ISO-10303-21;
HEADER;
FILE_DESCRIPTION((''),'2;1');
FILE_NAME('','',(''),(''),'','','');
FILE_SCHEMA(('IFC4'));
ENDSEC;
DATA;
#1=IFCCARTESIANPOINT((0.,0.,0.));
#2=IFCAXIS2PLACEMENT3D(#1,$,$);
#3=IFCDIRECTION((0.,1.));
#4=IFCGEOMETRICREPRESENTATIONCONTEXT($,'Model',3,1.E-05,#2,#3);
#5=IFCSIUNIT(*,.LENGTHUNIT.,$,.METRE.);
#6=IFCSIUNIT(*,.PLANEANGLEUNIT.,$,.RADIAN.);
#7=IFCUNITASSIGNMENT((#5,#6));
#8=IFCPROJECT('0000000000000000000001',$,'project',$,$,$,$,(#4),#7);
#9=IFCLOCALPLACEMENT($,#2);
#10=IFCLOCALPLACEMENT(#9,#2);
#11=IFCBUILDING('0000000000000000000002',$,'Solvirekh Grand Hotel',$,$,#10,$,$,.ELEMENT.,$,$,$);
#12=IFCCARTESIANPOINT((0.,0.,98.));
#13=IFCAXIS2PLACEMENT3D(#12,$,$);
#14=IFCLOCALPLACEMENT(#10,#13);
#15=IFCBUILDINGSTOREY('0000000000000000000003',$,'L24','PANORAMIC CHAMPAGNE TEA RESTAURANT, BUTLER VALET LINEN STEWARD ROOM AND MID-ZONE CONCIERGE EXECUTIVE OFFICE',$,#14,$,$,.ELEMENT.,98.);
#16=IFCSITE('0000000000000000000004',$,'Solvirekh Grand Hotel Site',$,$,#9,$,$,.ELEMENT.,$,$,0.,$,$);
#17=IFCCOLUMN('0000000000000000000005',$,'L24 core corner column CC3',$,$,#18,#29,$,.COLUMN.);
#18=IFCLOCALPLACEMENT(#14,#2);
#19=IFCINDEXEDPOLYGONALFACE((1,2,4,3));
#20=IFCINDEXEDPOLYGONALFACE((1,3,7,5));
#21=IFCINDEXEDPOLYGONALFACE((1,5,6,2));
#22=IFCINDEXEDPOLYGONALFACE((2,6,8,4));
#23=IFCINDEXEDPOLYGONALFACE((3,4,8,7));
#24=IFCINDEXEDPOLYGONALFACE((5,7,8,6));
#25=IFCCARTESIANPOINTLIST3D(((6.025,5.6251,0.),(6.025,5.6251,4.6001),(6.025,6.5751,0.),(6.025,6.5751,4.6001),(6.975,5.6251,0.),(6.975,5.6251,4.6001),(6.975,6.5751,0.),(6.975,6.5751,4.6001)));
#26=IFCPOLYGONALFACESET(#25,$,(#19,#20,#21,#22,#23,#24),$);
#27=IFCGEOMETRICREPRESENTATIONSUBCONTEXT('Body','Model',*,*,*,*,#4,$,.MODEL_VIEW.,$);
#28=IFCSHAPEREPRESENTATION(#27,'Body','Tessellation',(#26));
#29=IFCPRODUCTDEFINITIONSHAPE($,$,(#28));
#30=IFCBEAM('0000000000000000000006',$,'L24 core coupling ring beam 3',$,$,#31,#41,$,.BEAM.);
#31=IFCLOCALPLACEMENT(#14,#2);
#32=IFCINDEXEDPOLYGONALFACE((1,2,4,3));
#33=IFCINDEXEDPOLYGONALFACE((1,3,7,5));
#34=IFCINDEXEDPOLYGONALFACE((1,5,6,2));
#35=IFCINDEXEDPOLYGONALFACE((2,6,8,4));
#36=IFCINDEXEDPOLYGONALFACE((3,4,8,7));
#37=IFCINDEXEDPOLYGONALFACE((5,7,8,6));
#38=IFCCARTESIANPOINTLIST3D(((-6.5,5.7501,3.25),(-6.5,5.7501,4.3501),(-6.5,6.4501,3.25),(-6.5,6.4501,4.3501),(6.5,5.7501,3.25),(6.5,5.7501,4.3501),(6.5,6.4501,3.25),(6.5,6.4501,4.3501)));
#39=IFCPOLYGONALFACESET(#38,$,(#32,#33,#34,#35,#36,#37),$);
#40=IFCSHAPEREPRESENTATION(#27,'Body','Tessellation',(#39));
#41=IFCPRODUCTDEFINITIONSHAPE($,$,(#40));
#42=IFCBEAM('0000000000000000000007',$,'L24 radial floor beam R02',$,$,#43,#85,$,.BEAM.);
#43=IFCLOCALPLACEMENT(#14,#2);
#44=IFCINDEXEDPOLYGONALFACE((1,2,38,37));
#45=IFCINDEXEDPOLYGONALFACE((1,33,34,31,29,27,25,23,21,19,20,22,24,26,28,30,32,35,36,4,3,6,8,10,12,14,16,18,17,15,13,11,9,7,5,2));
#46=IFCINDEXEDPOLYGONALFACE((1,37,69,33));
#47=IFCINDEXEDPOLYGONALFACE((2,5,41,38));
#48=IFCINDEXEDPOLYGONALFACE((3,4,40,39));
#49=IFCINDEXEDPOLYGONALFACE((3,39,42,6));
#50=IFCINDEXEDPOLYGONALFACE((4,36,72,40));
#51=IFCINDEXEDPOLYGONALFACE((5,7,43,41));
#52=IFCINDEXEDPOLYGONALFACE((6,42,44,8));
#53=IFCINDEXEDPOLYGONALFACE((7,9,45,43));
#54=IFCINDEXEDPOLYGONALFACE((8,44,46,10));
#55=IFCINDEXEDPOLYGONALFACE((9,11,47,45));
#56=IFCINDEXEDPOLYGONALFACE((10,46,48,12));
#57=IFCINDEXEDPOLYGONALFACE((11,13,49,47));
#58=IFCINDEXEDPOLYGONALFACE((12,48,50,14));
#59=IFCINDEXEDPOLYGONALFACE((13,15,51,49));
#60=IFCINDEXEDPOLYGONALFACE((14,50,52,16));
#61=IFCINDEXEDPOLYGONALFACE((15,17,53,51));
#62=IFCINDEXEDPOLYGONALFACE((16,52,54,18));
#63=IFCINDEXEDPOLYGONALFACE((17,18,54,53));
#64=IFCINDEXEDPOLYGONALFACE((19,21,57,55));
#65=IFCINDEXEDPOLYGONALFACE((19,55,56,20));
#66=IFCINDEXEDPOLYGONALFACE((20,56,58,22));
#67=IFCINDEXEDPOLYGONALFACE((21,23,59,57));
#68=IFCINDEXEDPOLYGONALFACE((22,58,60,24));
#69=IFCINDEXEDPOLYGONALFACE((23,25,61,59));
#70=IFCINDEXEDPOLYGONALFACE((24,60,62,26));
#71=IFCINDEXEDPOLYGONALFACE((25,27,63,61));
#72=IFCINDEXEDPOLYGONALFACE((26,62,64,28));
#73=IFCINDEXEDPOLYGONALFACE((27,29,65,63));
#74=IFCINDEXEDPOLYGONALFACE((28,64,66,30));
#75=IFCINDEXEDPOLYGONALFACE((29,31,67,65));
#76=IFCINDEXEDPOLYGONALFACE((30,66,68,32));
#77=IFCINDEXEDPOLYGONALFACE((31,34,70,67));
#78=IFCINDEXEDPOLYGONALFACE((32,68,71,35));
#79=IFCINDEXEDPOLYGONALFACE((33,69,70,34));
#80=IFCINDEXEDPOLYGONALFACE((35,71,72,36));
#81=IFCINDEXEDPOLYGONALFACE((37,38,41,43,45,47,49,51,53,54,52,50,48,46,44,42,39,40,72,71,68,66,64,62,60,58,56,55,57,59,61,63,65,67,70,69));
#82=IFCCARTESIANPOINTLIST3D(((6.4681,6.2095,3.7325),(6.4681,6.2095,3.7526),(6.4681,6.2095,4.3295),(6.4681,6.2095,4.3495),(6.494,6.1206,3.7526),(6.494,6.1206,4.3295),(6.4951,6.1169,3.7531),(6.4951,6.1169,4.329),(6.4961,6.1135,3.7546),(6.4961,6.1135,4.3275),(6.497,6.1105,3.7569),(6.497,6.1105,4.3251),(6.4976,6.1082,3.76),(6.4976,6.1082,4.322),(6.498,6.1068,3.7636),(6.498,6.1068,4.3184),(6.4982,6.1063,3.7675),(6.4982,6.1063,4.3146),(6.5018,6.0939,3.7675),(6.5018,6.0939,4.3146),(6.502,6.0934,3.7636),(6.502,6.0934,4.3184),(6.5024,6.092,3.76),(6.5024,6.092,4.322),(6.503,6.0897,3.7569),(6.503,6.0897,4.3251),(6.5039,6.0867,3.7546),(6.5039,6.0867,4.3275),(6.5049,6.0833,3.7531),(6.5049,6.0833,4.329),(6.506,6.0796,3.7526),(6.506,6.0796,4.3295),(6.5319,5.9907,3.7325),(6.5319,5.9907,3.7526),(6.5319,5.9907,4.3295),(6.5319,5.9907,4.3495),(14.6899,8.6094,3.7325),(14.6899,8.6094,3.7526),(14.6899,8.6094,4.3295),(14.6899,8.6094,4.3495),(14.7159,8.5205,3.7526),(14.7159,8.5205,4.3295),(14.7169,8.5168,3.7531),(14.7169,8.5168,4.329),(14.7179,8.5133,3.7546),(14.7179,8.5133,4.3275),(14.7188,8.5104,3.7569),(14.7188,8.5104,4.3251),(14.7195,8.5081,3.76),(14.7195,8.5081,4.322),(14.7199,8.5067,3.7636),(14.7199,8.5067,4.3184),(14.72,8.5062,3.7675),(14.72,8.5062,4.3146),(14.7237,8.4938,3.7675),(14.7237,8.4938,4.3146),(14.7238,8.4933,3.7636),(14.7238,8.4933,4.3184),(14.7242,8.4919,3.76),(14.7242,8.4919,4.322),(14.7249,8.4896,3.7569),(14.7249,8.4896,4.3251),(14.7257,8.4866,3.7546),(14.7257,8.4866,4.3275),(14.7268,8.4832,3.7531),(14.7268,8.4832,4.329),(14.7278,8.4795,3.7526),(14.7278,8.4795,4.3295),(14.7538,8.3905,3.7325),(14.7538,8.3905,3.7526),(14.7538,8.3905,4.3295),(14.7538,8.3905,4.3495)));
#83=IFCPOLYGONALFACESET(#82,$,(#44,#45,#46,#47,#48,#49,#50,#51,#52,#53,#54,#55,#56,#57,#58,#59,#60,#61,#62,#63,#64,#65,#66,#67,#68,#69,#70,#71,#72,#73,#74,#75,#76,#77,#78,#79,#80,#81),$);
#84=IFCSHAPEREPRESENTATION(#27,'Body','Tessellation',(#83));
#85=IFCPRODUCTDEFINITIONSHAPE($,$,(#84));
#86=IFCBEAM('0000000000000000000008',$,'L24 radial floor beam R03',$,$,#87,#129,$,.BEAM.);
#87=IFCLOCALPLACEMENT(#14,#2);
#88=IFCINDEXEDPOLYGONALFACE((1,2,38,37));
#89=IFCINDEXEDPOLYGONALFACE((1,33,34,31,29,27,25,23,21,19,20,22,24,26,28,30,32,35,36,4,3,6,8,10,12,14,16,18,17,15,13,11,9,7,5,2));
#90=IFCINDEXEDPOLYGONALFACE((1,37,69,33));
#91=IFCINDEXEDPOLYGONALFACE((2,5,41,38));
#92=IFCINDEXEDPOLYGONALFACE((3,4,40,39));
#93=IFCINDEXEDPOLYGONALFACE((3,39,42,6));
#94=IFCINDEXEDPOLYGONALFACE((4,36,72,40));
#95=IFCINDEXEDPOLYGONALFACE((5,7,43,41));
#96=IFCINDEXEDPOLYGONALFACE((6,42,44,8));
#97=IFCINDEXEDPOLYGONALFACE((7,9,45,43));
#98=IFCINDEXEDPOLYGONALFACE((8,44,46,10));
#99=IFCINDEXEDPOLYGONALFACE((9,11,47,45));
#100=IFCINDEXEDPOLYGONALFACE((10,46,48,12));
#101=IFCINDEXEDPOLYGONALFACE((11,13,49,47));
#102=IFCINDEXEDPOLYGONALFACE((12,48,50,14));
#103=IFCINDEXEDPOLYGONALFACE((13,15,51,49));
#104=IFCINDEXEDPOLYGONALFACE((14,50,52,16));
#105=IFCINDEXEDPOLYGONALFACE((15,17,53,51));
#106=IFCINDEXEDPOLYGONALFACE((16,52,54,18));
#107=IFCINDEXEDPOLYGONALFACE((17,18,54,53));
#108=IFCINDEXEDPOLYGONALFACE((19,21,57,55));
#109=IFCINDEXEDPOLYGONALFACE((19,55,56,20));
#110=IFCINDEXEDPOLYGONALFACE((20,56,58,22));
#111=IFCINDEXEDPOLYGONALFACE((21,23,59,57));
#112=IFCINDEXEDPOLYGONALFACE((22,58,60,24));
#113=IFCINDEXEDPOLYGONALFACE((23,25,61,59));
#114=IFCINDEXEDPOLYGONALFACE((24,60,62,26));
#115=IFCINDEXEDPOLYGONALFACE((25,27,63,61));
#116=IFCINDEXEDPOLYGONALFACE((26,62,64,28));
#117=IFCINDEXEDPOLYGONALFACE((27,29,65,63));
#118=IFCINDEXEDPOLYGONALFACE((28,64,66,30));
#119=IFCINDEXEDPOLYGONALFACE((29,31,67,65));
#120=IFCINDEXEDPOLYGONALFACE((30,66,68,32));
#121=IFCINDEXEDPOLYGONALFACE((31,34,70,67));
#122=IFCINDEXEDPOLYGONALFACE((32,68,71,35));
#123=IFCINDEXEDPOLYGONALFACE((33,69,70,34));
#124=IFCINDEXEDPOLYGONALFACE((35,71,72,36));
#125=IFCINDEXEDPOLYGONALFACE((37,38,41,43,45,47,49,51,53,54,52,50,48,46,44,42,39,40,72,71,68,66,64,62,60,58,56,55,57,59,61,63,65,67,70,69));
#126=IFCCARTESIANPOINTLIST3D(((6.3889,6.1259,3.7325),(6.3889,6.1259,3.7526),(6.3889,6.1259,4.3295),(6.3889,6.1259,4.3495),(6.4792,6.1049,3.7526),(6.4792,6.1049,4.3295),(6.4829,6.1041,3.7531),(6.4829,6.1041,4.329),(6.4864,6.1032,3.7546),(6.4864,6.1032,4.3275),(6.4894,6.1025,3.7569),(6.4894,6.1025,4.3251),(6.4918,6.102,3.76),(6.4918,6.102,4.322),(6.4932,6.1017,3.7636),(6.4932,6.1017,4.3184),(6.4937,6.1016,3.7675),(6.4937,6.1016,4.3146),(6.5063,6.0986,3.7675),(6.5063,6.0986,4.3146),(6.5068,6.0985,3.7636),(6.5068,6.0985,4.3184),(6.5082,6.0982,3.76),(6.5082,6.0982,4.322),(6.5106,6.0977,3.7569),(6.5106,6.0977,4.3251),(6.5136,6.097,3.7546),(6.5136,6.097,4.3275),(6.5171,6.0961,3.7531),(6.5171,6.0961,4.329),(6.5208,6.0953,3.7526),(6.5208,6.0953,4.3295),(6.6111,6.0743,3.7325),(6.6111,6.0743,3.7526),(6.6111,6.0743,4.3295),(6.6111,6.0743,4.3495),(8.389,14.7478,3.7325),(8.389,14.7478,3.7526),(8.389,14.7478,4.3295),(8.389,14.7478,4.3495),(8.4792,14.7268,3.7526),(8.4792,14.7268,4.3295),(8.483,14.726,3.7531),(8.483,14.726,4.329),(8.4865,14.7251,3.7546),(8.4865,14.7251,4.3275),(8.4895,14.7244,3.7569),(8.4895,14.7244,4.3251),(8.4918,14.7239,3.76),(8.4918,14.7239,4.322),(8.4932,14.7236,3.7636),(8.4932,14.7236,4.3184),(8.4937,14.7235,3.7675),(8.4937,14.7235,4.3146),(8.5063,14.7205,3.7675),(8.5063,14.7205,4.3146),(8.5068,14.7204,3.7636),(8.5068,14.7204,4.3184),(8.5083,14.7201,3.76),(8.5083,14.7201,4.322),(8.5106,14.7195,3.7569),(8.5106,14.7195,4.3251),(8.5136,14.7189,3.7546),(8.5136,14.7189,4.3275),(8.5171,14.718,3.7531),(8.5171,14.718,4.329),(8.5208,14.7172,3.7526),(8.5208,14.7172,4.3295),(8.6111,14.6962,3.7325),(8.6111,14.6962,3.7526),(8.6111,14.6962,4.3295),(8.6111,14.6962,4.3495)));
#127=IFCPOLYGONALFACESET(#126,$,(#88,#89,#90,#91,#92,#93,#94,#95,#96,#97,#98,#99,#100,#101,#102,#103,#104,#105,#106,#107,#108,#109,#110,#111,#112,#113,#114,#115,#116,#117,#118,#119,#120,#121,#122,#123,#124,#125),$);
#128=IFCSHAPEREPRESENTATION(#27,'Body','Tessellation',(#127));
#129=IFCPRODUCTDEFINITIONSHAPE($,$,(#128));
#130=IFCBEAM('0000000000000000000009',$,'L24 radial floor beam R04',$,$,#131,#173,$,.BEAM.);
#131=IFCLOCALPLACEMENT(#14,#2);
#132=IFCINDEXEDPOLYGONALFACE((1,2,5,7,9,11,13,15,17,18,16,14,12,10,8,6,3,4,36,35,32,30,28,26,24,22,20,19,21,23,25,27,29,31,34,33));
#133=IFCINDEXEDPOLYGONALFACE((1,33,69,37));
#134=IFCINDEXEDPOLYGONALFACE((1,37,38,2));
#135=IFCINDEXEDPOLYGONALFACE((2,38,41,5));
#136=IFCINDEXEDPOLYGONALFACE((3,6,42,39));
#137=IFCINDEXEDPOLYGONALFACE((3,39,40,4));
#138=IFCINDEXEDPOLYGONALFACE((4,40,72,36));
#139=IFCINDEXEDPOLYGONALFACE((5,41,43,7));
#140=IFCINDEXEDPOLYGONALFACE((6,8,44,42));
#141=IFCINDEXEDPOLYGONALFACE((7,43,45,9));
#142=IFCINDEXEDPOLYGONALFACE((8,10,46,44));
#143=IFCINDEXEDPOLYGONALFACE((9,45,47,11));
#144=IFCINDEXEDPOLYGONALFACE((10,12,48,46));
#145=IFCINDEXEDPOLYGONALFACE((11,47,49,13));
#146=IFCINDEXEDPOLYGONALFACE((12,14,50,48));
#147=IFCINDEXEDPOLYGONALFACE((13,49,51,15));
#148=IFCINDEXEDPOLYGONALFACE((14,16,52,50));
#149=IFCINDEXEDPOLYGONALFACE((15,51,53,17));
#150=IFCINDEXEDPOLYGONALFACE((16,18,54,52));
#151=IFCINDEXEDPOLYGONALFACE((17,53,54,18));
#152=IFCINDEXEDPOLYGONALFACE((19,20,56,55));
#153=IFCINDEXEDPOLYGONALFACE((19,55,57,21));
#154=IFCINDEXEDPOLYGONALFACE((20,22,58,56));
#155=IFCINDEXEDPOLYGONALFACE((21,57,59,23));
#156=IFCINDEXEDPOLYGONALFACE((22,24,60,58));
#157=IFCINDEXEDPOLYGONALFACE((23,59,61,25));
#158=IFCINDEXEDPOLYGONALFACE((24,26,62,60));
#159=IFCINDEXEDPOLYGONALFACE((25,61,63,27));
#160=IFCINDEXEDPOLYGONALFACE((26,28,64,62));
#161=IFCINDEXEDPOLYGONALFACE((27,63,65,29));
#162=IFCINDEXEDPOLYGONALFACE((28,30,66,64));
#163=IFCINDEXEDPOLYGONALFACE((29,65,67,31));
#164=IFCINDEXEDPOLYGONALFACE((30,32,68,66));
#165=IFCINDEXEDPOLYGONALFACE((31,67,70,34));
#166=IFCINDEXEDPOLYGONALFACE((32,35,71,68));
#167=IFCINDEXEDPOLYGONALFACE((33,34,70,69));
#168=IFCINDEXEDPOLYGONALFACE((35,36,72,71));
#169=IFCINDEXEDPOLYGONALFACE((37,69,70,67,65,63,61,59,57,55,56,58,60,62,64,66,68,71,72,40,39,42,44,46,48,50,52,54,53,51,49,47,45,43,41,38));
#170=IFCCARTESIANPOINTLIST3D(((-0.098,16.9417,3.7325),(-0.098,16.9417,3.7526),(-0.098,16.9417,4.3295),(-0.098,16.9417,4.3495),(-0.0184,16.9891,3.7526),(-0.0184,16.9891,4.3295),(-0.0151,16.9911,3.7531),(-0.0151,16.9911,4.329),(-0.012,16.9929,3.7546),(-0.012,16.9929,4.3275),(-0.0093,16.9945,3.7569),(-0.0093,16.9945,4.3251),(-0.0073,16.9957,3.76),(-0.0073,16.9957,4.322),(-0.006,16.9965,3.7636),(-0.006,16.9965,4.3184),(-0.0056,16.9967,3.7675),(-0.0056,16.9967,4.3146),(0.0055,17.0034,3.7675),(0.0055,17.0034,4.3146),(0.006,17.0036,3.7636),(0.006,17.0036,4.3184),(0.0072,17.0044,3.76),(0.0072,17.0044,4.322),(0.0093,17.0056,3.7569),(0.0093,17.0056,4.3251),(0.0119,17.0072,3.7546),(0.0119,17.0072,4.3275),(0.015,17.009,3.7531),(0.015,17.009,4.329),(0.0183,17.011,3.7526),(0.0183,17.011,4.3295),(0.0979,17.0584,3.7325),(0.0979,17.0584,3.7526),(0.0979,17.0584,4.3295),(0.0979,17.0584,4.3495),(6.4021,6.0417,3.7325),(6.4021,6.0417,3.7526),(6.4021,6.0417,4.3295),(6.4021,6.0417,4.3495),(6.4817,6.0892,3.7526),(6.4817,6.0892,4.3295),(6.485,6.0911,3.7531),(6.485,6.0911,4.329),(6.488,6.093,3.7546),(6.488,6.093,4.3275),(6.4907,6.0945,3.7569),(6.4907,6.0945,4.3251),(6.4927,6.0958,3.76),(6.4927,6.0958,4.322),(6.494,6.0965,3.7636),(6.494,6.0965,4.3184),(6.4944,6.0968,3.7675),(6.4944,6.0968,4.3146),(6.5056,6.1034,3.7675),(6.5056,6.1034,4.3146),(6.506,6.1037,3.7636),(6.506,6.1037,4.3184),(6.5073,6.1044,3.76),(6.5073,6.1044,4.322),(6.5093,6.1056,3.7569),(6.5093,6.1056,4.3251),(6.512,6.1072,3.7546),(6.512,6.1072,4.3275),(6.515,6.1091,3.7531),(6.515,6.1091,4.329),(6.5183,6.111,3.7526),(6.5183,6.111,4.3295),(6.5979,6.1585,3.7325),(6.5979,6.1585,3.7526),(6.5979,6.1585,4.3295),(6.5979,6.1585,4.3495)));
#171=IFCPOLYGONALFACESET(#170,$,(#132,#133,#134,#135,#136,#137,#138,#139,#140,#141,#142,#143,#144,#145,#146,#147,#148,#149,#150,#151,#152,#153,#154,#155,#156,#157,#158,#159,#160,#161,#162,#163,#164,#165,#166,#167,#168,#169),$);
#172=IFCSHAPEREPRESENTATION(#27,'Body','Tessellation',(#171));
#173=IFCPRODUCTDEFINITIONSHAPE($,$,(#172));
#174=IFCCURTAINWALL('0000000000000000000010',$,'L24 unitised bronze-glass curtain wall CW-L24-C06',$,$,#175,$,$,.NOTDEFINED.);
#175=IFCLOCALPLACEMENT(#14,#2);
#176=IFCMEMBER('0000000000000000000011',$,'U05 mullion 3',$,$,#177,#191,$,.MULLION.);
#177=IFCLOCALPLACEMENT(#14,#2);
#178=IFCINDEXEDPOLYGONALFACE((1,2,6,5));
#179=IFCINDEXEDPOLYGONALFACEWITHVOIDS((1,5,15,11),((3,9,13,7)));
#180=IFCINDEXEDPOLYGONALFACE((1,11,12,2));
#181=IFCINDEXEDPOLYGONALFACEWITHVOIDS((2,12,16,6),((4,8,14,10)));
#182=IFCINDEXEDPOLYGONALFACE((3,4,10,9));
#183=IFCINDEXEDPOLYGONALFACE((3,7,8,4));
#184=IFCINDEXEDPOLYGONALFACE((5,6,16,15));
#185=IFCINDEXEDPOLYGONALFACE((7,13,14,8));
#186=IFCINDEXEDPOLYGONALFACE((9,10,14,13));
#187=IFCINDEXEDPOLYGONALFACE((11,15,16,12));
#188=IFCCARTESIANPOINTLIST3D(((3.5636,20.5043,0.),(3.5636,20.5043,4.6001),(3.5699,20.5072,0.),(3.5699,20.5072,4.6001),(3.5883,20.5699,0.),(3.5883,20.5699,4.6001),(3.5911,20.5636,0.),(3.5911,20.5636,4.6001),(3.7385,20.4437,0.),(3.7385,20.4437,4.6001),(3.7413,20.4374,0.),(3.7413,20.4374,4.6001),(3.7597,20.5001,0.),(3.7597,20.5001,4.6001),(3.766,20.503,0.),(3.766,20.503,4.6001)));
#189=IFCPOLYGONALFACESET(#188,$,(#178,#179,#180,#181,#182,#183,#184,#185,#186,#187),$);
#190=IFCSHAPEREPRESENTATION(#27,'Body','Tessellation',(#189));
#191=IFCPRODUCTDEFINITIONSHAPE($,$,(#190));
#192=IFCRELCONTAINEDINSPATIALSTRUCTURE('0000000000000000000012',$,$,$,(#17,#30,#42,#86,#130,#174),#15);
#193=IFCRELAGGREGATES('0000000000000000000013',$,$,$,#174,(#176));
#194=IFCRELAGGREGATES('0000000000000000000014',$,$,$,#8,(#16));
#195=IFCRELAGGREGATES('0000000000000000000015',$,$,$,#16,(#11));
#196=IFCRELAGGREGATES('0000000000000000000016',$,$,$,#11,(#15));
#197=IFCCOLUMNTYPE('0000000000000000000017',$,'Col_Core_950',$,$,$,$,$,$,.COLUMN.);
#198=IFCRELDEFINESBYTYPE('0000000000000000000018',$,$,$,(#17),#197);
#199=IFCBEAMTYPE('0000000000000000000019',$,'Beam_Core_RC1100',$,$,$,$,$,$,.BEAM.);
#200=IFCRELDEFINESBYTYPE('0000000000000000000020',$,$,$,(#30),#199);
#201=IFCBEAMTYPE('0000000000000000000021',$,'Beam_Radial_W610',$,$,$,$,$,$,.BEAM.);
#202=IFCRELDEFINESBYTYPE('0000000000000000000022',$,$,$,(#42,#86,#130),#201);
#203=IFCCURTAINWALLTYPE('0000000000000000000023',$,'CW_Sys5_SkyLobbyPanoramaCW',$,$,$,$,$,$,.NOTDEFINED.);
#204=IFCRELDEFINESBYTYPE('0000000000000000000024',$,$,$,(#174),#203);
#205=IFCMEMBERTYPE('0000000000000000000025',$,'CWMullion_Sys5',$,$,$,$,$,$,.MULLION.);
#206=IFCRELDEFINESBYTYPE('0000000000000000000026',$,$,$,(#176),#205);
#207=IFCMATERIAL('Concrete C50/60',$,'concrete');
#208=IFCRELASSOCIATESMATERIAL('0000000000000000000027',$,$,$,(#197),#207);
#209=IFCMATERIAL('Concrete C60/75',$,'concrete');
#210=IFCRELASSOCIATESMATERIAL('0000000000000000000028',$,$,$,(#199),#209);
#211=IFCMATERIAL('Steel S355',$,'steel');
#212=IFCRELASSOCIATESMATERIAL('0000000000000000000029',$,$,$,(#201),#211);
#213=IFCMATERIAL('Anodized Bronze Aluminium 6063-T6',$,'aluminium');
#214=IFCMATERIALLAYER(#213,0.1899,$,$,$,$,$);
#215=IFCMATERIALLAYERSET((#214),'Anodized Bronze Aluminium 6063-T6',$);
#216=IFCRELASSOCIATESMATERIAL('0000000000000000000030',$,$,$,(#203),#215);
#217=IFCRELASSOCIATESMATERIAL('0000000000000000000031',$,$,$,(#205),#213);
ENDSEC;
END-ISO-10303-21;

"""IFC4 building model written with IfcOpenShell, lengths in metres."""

from ifc_helpers import new_model, si_unit, direction, frame, origin, origin_2d, place, context, subcontext, project, spatial, rectangle, hollow_rectangle, i_section, extrude, source, transform, mapped, material, layer, layer_set, material_profile, profile_set, type_object, element, aggregate, save


model = new_model("IFC4")

# Units and contexts
model_context = context("Model", 3, precision=1e-05, world=origin(), true_north=direction((0.0, 1.0)))
body_context = subcontext(model_context, "Body", "Model", "MODEL_VIEW")
ifc_project = project(units=[si_unit("LENGTHUNIT", "METRE"), si_unit("PLANEANGLEUNIT", "RADIAN")], contexts=[model_context])

# Site, building, storey
site_placement = place(None, origin())
site = spatial("IfcSite", under=ifc_project, at=site_placement, Name="Solvirekh Grand Hotel Site", CompositionType="ELEMENT", RefElevation=0.0)
building_placement = place(site_placement, origin())
building = spatial("IfcBuilding", under=site, at=building_placement, Name="Solvirekh Grand Hotel", CompositionType="ELEMENT")
storey_placement = place(building_placement, frame((0.0, 0.0, 98.0)))
storey = spatial("IfcBuildingStorey", under=building, at=storey_placement, Name="L24", Description="PANORAMIC CHAMPAGNE TEA RESTAURANT, BUTLER VALET LINEN STEWARD ROOM AND MID-ZONE CONCIERGE EXECUTIVE OFFICE", CompositionType="ELEMENT", Elevation=98.0)

# Column
ifc_material_1 = material(Name="Concrete C50/60", Category="concrete")
ifc_material_profile_1 = material_profile(ifc_material_1, rectangle(XDim=0.95, YDim=0.95, at=origin_2d()), Name="RC 950X950")
ifc_profile_set_1 = profile_set([ifc_material_profile_1], Name="Concrete C50/60")
column_type = type_object("IfcColumnType", Name="Col_Core_950", PredefinedType="COLUMN", material=ifc_profile_set_1)
column_placement = place(storey_placement, frame((6.5, 6.1001, 0.0), z_axis=(0.0, 0.0, 1.0), x_axis=(1.0, 0.0, 0.0)))
element("IfcColumn", 1, at=column_placement, inside=storey, type_object=column_type, Name="L24 core corner column CC3", PredefinedType="COLUMN", context=body_context, shape_type="SweptSolid", body=[
    extrude(rectangle(XDim=0.95, YDim=0.95, at=origin_2d()), origin(), (0.0, 0.0, 1.0), 4.6001),
])

# Beams
ifc_material_2 = material(Name="Concrete C60/75", Category="concrete")
ifc_material_profile_2 = material_profile(ifc_material_2, rectangle(XDim=0.7, YDim=1.1001, at=origin_2d()), Name="RC BEAM 700X1100")
ifc_profile_set_2 = profile_set([ifc_material_profile_2], Name="Concrete C60/75")
beam_type_1 = type_object("IfcBeamType", Name="Beam_Core_RC1100", PredefinedType="BEAM", material=ifc_profile_set_2)
beam_1_placement = place(storey_placement, frame((6.5, 6.1001, 3.8), z_axis=(-1.0, 0.0, 0.0), x_axis=(0.0, -1.0, 0.0)))
element("IfcBeam", 2, at=beam_1_placement, inside=storey, type_object=beam_type_1, Name="L24 core coupling ring beam 3", PredefinedType="BEAM", context=body_context, shape_type="SweptSolid", body=[
    extrude(rectangle(XDim=0.7, YDim=1.1001, at=origin_2d()), origin(), (0.0, 0.0, 1.0), 13.0),
])
ifc_material_3 = material(Name="Steel S355", Category="steel")
ifc_material_profile_3 = material_profile(ifc_material_3, i_section(OverallWidth=0.228, OverallDepth=0.6169, WebThickness=0.0129, FlangeThickness=0.02, FilletRadius=0.0149, at=origin_2d()), Name="W610X140")
ifc_profile_set_3 = profile_set([ifc_material_profile_3], Name="Steel S355")
beam_type_2 = type_object("IfcBeamType", Name="Beam_Radial_W610", PredefinedType="BEAM", material=ifc_profile_set_3)
beam_2_placement = place(storey_placement, frame((6.5, 6.1001, 4.041), z_axis=(0.959942, 0.280198, 0.0), x_axis=(-0.280198, 0.959942, 0.0)))
element("IfcBeam", 3, at=beam_2_placement, inside=storey, type_object=beam_type_2, Name="L24 radial floor beam R02", PredefinedType="BEAM", context=body_context, shape_type="SweptSolid", body=[
    extrude(i_section(OverallWidth=0.228, OverallDepth=0.6169, WebThickness=0.0129, FlangeThickness=0.02, FilletRadius=0.0149, at=origin_2d()), origin(), (0.0, 0.0, 1.0), 8.5649),
])
beam_3_placement = place(storey_placement, frame((6.5, 6.1001, 4.041), z_axis=(0.225969, 0.974134, 0.0), x_axis=(-0.974134, 0.225969, 0.0)))
element("IfcBeam", 4, at=beam_3_placement, inside=storey, type_object=beam_type_2, Name="L24 radial floor beam R03", PredefinedType="BEAM", context=body_context, shape_type="SweptSolid", body=[
    extrude(i_section(OverallWidth=0.228, OverallDepth=0.6169, WebThickness=0.0129, FlangeThickness=0.02, FilletRadius=0.0149, at=origin_2d()), origin(), (0.0, 0.0, 1.0), 8.8508),
])
beam_4_placement = place(storey_placement, frame((6.5, 6.1001, 4.041), z_axis=(-0.51218, 0.858878, 0.0), x_axis=(-0.858878, -0.51218, 0.0)))
element("IfcBeam", 5, at=beam_4_placement, inside=storey, type_object=beam_type_2, Name="L24 radial floor beam R04", PredefinedType="BEAM", context=body_context, shape_type="SweptSolid", body=[
    extrude(i_section(OverallWidth=0.228, OverallDepth=0.6169, WebThickness=0.0129, FlangeThickness=0.02, FilletRadius=0.0149, at=origin_2d()), origin(), (0.0, 0.0, 1.0), 12.6909),
])

# Curtain wall, member
ifc_material_4 = material(Name="Anodized Bronze Aluminium 6063-T6", Category="aluminium")
ifc_layer_1 = layer(ifc_material_4, 0.1899)
ifc_layer_set_1 = layer_set([ifc_layer_1], Name="Anodized Bronze Aluminium 6063-T6")
curtain_wall_type = type_object("IfcCurtainWallType", Name="CW_Sys5_SkyLobbyPanoramaCW", PredefinedType="NOTDEFINED", material=ifc_layer_set_1)
curtain_wall_1_placement = place(storey_placement, origin())
curtain_wall_1 = element("IfcCurtainWall", 6, at=curtain_wall_1_placement, inside=storey, type_object=curtain_wall_type, Name="L24 unitised bronze-glass curtain wall CW-L24-C06", PredefinedType="NOTDEFINED")
ifc_material_profile_4 = material_profile(ifc_material_4, hollow_rectangle(XDim=0.0701, YDim=0.1899, WallThickness=0.0049, at=origin_2d()), Name="ALU RHS 190X70X5")
ifc_profile_set_4 = profile_set([ifc_material_profile_4], Name="Anodized Bronze Aluminium 6063-T6")
member_type_1 = type_object("IfcMemberType", Name="CWMullion_Sys5", PredefinedType="MULLION", material=ifc_profile_set_4)
shared_shape_1 = source(origin(), body_context, "Body", "SweptSolid", [
    extrude(hollow_rectangle(XDim=0.0701, YDim=0.1899, WallThickness=0.0049, at=origin_2d()), origin(), (0.0, 0.0, 1.0), 4.6001),
])
member_1_placement = place(storey_placement, frame((3.6648, 20.5037, 0.0), z_axis=(0.0, 0.0, 1.0), x_axis=(-0.352268, -0.935899, 0.0)))
member_1 = element("IfcMember", 7, at=member_1_placement, type_object=member_type_1, Name="U05 mullion 3", PredefinedType="MULLION", context=body_context, shape_type="MappedRepresentation", body=[
    mapped(shared_shape_1, transform((0.0, 0.0, 0.0), x_axis=(1.0, 0.0, 0.0), y_axis=(0.0, 1.0, 0.0), z_axis=(0.0, 0.0, 1.0), scale=1.0)),
])

aggregate(curtain_wall_1, [member_1])

save(model, "model.ifc")
